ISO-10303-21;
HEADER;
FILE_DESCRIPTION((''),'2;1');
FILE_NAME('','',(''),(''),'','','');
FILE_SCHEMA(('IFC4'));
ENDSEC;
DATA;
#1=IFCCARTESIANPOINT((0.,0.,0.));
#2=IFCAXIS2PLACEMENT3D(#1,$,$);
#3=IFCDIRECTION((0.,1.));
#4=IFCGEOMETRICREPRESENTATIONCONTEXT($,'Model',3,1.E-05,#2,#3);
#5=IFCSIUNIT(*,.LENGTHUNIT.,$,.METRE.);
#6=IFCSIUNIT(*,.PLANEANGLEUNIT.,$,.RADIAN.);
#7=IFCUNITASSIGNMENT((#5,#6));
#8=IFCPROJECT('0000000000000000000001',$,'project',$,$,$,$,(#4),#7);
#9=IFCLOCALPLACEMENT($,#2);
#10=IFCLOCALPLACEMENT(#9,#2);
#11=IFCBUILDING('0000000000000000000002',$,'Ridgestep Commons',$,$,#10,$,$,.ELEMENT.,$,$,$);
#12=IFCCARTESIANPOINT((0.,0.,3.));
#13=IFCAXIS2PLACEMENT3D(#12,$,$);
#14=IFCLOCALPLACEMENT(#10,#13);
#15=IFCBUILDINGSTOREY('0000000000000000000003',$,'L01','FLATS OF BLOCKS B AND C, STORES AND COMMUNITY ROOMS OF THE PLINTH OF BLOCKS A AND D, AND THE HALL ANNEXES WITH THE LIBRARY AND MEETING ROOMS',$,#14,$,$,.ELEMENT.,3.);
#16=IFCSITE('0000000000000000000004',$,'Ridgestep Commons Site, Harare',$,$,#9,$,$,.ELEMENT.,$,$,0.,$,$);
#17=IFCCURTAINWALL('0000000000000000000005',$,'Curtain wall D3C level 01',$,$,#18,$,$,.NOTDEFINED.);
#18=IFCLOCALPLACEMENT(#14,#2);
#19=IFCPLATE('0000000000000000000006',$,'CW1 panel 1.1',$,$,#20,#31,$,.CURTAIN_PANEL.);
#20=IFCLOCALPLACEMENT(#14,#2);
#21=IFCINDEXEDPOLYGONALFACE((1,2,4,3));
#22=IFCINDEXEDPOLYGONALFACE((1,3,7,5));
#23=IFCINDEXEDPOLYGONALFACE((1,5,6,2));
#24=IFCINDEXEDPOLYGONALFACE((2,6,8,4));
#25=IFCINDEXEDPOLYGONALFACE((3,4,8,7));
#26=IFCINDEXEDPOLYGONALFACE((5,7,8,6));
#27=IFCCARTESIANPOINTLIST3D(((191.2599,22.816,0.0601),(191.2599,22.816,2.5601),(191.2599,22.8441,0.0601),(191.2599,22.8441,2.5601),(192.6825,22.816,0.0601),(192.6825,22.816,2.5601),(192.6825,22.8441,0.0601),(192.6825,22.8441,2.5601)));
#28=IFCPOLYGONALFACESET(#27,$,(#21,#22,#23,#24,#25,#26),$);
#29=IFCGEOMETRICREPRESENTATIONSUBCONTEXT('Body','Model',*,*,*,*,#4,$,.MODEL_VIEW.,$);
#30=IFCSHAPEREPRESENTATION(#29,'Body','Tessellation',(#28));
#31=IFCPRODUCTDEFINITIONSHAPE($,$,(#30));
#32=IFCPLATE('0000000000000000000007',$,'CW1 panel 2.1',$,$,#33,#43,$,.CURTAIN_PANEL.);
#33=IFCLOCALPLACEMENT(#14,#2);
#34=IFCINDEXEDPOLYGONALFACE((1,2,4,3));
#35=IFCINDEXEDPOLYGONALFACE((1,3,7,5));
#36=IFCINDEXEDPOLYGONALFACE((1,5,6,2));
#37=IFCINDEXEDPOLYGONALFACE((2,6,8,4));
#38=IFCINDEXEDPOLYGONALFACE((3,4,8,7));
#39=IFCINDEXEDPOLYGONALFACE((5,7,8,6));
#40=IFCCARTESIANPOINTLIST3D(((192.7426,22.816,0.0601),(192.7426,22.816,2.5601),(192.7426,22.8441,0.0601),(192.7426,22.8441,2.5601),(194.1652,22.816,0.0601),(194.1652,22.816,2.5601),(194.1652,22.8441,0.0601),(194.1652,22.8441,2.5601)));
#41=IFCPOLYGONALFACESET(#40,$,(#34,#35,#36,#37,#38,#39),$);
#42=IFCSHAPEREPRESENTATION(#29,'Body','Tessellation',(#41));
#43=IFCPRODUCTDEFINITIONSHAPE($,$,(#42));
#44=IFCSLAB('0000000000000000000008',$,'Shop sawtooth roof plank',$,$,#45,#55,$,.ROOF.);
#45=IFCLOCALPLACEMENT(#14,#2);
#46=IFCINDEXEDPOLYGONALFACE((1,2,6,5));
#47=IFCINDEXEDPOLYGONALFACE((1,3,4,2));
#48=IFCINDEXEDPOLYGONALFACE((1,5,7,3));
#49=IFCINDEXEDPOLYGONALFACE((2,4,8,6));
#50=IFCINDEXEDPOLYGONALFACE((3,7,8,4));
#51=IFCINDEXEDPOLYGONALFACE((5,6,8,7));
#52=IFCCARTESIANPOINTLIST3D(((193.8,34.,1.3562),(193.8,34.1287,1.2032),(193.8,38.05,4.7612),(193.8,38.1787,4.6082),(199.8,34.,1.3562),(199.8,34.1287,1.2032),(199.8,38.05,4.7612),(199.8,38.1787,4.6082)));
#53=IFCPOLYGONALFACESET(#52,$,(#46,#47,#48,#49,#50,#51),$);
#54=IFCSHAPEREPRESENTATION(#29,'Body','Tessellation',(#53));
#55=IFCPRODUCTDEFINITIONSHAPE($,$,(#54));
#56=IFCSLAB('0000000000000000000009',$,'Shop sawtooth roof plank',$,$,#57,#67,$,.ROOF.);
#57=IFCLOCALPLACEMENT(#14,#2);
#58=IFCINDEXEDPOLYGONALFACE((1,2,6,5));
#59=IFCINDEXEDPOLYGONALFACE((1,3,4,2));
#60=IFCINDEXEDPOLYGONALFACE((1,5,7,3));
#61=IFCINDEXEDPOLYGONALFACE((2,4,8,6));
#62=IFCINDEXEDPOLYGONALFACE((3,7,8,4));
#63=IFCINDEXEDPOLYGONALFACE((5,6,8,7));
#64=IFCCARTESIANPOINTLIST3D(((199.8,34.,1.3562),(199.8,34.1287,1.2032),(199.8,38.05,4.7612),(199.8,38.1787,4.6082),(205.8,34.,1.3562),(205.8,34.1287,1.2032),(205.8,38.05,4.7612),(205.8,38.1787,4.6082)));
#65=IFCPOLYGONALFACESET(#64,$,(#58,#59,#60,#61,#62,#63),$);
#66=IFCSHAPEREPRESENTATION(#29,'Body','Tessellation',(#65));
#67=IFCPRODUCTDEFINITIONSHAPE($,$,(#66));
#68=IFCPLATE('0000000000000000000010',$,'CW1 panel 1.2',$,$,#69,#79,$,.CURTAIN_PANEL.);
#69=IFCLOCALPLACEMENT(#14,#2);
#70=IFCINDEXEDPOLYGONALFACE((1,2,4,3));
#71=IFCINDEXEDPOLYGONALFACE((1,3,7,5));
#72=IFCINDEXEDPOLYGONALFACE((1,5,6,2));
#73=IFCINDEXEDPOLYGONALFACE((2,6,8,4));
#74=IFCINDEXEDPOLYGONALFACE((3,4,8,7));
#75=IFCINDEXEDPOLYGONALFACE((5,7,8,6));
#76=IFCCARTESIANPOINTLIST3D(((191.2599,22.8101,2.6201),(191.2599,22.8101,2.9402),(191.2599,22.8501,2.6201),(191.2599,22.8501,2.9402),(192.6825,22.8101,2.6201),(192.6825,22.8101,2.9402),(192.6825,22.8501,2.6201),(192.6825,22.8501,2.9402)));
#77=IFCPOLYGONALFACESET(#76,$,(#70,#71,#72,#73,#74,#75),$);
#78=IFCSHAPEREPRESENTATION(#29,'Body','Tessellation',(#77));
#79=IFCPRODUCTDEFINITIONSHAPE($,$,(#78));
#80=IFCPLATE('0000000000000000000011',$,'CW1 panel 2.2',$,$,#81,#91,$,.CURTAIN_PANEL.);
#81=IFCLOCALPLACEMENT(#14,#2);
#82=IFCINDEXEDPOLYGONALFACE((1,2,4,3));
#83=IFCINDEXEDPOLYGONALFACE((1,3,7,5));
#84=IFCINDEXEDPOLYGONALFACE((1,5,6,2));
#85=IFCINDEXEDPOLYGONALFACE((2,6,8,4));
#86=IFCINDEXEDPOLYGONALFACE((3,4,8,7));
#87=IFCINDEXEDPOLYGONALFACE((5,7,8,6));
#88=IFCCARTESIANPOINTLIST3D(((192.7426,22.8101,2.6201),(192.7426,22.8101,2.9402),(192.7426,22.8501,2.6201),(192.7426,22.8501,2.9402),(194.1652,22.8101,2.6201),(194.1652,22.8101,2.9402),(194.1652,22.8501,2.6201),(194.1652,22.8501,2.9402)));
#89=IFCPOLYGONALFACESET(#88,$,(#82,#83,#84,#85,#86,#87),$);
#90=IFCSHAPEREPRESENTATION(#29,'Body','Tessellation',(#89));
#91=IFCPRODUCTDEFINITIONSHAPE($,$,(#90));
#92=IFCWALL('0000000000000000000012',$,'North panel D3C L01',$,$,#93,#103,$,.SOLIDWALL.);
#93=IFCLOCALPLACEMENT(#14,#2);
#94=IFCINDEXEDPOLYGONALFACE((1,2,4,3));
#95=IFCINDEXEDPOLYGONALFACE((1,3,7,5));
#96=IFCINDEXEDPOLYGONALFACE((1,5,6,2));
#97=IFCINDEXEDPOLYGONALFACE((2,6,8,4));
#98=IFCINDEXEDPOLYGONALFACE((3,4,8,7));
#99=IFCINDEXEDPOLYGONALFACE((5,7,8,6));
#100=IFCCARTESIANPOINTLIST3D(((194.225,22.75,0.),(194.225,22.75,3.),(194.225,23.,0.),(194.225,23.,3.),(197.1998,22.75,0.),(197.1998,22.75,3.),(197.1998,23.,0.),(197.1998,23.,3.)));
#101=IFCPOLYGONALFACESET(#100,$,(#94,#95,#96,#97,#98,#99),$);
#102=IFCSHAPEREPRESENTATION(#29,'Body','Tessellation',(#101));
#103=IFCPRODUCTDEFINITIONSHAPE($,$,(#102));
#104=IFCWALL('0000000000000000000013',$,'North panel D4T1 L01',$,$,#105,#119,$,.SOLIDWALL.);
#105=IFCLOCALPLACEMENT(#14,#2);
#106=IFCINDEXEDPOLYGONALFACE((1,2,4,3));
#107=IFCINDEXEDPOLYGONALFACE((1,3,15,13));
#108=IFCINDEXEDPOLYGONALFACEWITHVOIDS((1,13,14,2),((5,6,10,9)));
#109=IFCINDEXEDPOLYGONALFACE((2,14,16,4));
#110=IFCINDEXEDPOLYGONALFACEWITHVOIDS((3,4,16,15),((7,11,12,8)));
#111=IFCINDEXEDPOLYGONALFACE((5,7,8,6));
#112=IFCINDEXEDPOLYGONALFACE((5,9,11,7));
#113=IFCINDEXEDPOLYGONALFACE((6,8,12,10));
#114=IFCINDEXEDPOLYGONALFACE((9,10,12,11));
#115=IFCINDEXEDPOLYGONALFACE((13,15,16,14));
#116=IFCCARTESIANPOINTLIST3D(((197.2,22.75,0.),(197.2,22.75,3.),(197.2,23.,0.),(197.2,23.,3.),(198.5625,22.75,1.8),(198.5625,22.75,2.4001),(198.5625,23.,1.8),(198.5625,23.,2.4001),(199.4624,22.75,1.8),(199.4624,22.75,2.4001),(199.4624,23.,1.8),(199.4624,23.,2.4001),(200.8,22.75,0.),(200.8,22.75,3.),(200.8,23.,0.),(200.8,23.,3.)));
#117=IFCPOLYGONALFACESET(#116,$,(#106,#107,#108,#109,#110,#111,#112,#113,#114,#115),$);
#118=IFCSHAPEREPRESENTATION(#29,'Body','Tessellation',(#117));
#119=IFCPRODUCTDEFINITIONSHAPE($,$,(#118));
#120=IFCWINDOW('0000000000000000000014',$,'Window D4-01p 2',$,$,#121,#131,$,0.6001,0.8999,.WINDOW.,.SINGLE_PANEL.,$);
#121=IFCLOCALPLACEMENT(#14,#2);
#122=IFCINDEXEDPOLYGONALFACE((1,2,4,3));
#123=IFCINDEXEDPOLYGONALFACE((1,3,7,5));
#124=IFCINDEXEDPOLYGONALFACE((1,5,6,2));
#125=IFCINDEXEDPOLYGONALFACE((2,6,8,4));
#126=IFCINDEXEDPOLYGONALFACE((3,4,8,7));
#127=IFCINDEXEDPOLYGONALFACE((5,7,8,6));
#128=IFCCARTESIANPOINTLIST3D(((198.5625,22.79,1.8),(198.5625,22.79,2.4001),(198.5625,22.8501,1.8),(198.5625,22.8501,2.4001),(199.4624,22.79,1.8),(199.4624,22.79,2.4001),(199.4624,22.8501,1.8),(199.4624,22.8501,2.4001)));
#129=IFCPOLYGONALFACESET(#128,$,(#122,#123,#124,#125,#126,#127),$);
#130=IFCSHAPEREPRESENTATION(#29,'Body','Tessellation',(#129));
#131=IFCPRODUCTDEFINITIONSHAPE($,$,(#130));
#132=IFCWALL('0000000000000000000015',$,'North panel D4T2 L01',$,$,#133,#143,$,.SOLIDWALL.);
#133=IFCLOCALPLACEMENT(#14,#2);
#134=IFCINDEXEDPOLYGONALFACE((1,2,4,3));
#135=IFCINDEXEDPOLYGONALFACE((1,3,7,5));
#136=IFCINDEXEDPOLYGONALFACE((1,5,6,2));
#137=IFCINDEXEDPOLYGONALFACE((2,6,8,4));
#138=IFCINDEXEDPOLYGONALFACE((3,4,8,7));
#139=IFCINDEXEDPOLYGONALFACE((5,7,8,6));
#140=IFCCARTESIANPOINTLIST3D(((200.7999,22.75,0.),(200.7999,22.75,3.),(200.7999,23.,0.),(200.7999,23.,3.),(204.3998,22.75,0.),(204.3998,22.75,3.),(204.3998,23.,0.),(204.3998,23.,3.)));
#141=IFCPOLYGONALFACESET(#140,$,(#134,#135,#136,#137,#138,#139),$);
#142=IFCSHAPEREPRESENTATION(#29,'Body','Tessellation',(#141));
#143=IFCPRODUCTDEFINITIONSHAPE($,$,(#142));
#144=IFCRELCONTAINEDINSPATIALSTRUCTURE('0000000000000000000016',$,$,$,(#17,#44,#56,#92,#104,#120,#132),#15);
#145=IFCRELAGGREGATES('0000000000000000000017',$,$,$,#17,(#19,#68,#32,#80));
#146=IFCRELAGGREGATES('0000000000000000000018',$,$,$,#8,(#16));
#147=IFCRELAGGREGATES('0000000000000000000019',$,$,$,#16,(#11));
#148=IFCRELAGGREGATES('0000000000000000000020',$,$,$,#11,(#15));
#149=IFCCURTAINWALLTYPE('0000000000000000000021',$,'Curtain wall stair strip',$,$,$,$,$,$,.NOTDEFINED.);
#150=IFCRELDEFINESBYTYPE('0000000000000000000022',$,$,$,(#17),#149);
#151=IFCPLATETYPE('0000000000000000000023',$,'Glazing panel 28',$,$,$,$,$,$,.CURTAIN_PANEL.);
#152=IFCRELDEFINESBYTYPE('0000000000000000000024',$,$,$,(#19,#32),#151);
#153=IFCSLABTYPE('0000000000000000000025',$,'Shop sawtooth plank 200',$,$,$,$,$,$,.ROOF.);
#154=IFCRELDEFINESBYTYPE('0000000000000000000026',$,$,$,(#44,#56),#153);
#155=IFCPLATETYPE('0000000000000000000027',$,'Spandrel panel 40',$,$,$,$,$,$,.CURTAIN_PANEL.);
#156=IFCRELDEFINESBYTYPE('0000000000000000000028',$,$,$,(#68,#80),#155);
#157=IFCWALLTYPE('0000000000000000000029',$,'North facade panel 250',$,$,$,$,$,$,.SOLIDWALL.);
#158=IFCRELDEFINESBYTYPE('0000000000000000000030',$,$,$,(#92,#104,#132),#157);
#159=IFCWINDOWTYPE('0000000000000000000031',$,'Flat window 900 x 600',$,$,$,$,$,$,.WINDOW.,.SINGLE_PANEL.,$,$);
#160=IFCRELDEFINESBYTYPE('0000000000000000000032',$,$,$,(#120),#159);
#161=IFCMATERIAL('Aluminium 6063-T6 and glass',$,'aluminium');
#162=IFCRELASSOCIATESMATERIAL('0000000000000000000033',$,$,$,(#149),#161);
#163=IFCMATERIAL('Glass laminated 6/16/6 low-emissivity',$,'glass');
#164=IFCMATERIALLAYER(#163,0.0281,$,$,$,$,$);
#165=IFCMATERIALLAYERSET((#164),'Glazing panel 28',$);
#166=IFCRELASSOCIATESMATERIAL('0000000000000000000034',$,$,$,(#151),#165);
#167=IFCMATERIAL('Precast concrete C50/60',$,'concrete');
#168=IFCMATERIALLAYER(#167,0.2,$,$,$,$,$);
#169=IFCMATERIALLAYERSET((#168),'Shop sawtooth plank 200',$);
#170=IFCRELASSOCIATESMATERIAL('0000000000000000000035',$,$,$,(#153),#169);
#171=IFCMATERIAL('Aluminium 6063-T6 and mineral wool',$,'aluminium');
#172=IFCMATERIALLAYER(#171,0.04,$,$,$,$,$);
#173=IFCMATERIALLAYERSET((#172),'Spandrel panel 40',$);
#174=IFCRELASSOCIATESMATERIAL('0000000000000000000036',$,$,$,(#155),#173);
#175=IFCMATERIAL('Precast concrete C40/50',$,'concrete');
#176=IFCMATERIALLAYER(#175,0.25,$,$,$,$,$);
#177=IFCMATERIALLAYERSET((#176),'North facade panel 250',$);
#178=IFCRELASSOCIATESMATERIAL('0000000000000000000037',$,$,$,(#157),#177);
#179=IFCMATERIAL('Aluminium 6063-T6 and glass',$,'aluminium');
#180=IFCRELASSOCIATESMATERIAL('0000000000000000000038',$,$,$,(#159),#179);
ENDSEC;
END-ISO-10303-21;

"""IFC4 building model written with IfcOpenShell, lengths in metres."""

from ifc_helpers import new_model, si_unit, direction, frame, frame_2d, origin, origin_2d, place, context, subcontext, project, spatial, polyline, rectangle, outline, extrude, material, layer, layer_set, type_object, element, fill, aggregate, save


model = new_model("IFC4")

# Units and contexts
model_context = context("Model", 3, precision=1e-05, world=origin(), true_north=direction((0.0, 1.0)))
body_context = subcontext(model_context, "Body", "Model", "MODEL_VIEW")
ifc_project = project(units=[si_unit("LENGTHUNIT", "METRE"), si_unit("PLANEANGLEUNIT", "RADIAN")], contexts=[model_context])

# Site, building, storey
site_placement = place(None, origin())
site = spatial("IfcSite", under=ifc_project, at=site_placement, Name="Ridgestep Commons Site, Harare", CompositionType="ELEMENT", RefElevation=0.0)
building_placement = place(site_placement, origin())
building = spatial("IfcBuilding", under=site, at=building_placement, Name="Ridgestep Commons", CompositionType="ELEMENT")
storey_placement = place(building_placement, frame((0.0, 0.0, 3.0)))
storey = spatial("IfcBuildingStorey", under=building, at=storey_placement, Name="L01", Description="FLATS OF BLOCKS B AND C, STORES AND COMMUNITY ROOMS OF THE PLINTH OF BLOCKS A AND D, AND THE HALL ANNEXES WITH THE LIBRARY AND MEETING ROOMS", CompositionType="ELEMENT", Elevation=3.0)

# Curtain wall
ifc_material_1 = material(Name="Aluminium 6063-T6 and glass", Category="aluminium")
curtain_wall_type_1 = type_object("IfcCurtainWallType", Name="Curtain wall stair strip", PredefinedType="NOTDEFINED", material=ifc_material_1)
curtain_wall_1_placement = place(storey_placement, origin())
curtain_wall_1 = element("IfcCurtainWall", 1, at=curtain_wall_1_placement, inside=storey, type_object=curtain_wall_type_1, Name="Curtain wall D3C level 01", PredefinedType="NOTDEFINED")

# Plates
ifc_material_2 = material(Name="Glass laminated 6/16/6 low-emissivity", Category="glass")
ifc_layer_1 = layer(ifc_material_2, 0.0281)
ifc_layer_set_1 = layer_set([ifc_layer_1], Name="Glazing panel 28")
plate_type_1 = type_object("IfcPlateType", Name="Glazing panel 28", PredefinedType="CURTAIN_PANEL", material=ifc_layer_set_1)
plate_1_placement = place(storey_placement, frame((191.9712, 22.8301, 0.0601), z_axis=(0.0, 0.0, 1.0), x_axis=(1.0, 0.0, 0.0)))
plate_1 = element("IfcPlate", 2, at=plate_1_placement, type_object=plate_type_1, Name="CW1 panel 1.1", PredefinedType="CURTAIN_PANEL", context=body_context, shape_type="SweptSolid", body=[
    extrude(rectangle(XDim=1.4226, YDim=0.0281, at=origin_2d()), origin(), (0.0, 0.0, 1.0), 2.5),
])
plate_2_placement = place(storey_placement, frame((193.4539, 22.8301, 0.0601), z_axis=(0.0, 0.0, 1.0), x_axis=(1.0, 0.0, 0.0)))
plate_2 = element("IfcPlate", 3, at=plate_2_placement, type_object=plate_type_1, Name="CW1 panel 2.1", PredefinedType="CURTAIN_PANEL", context=body_context, shape_type="SweptSolid", body=[
    extrude(rectangle(XDim=1.4226, YDim=0.0281, at=origin_2d()), origin(), (0.0, 0.0, 1.0), 2.5),
])

# Slabs
ifc_material_3 = material(Name="Precast concrete C50/60", Category="concrete")
ifc_layer_2 = layer(ifc_material_3, 0.2)
ifc_layer_set_2 = layer_set([ifc_layer_2], Name="Shop sawtooth plank 200")
slab_type = type_object("IfcSlabType", Name="Shop sawtooth plank 200", PredefinedType="ROOF", material=ifc_layer_set_2)
for number, where, z_axis, x_axis, name in (
    (4, (193.8, 34.0, 1.3562), (0.0, -0.643523, 0.765427), (1.0, 0.0, 0.0), "Shop sawtooth roof plank"),
    (5, (199.8, 34.0, 1.3562), (0.0, -0.643523, 0.765427), (1.0, 0.0, 0.0), "Shop sawtooth roof plank"),
):
    element("IfcSlab", number, at=place(storey_placement, frame(where, z_axis=z_axis, x_axis=x_axis)), inside=storey, type_object=slab_type, Name=name, PredefinedType="ROOF", context=body_context, shape_type="SweptSolid", body=[
        extrude(outline(polyline([(0.0, 0.0), (6.0, 0.0), (6.0, 5.2912), (0.0, 5.2912), (0.0, 0.0)])), origin(), (0.0, 0.0, -1.0), 0.2),
    ])

# Plates
ifc_material_4 = material(Name="Aluminium 6063-T6 and mineral wool", Category="aluminium")
ifc_layer_3 = layer(ifc_material_4, 0.04)
ifc_layer_set_3 = layer_set([ifc_layer_3], Name="Spandrel panel 40")
plate_type_2 = type_object("IfcPlateType", Name="Spandrel panel 40", PredefinedType="CURTAIN_PANEL", material=ifc_layer_set_3)
plate_3_placement = place(storey_placement, frame((191.9712, 22.8301, 2.6201), z_axis=(0.0, 0.0, 1.0), x_axis=(1.0, 0.0, 0.0)))
plate_3 = element("IfcPlate", 6, at=plate_3_placement, type_object=plate_type_2, Name="CW1 panel 1.2", PredefinedType="CURTAIN_PANEL", context=body_context, shape_type="SweptSolid", body=[
    extrude(rectangle(XDim=1.4226, YDim=0.04, at=origin_2d()), origin(), (0.0, 0.0, 1.0), 0.3201),
])
plate_4_placement = place(storey_placement, frame((193.4539, 22.8301, 2.6201), z_axis=(0.0, 0.0, 1.0), x_axis=(1.0, 0.0, 0.0)))
plate_4 = element("IfcPlate", 7, at=plate_4_placement, type_object=plate_type_2, Name="CW1 panel 2.2", PredefinedType="CURTAIN_PANEL", context=body_context, shape_type="SweptSolid", body=[
    extrude(rectangle(XDim=1.4226, YDim=0.04, at=origin_2d()), origin(), (0.0, 0.0, 1.0), 0.3201),
])
aggregate(curtain_wall_1, [plate_1, plate_3, plate_2, plate_4])

# Wall
ifc_material_5 = material(Name="Precast concrete C40/50", Category="concrete")
ifc_layer_4 = layer(ifc_material_5, 0.25)
ifc_layer_set_4 = layer_set([ifc_layer_4], Name="North facade panel 250")
wall_type = type_object("IfcWallType", Name="North facade panel 250", PredefinedType="SOLIDWALL", material=ifc_layer_set_4)
wall_1_placement = place(storey_placement, frame((194.2251, 22.875, 0.0), z_axis=(0.0, 0.0, 1.0), x_axis=(1.0, 0.0, 0.0)))
element("IfcWall", 8, at=wall_1_placement, inside=storey, type_object=wall_type, Name="North panel D3C L01", PredefinedType="SOLIDWALL", context=body_context, shape_type="SweptSolid", body=[
    extrude(rectangle(XDim=2.9749, YDim=0.25, at=frame_2d((1.4873, 0.0))), origin(), (0.0, 0.0, 1.0), 3.0),
])

# Wall, opening, window
wall_2_placement = place(storey_placement, frame((197.2, 22.875, 0.0), z_axis=(0.0, 0.0, 1.0), x_axis=(1.0, 0.0, 0.0)))
wall_2 = element("IfcWall", 9, at=wall_2_placement, inside=storey, type_object=wall_type, Name="North panel D4T1 L01", PredefinedType="SOLIDWALL", context=body_context, shape_type="SweptSolid", body=[
    extrude(rectangle(XDim=3.6001, YDim=0.25, at=frame_2d((1.8, 0.0))), origin(), (0.0, 0.0, 1.0), 3.0),
])
opening_placement = place(wall_2_placement, frame((1.3625, 0.0, 1.8)))
opening = element("IfcOpeningElement", 10, at=opening_placement, cuts=wall_2, PredefinedType="OPENING", context=body_context, shape_type="SweptSolid", body=[
    extrude(rectangle(XDim=0.8999, YDim=0.6001, at=frame_2d((0.45, 0.3))), frame((0.0, 0.135, 0.0), z_axis=(0.0, -1.0, 0.0), x_axis=(1.0, 0.0, 0.0)), (0.0, 0.0, 1.0), 0.27),
])
ifc_material_6 = material(Name="Aluminium 6063-T6 and glass", Category="aluminium")
window_type = type_object("IfcWindowType", Name="Flat window 900 x 600", PartitioningType="SINGLE_PANEL", PredefinedType="WINDOW", material=ifc_material_6)
window_placement = place(opening_placement, origin())
window = element("IfcWindow", 11, at=window_placement, inside=storey, type_object=window_type, Name="Window D4-01p 2", OverallHeight=0.6001, OverallWidth=0.8999, PartitioningType="SINGLE_PANEL", PredefinedType="WINDOW", context=body_context, shape_type="SweptSolid", body=[
    extrude(rectangle(XDim=0.8999, YDim=0.6001, at=frame_2d((0.45, 0.3))), frame((0.0, -0.0249, 0.0), z_axis=(0.0, -1.0, 0.0), x_axis=(1.0, 0.0, 0.0)), (0.0, 0.0, 1.0), 0.0601),
])
fill(opening, window)

# Wall
wall_3_placement = place(storey_placement, frame((200.8, 22.875, 0.0), z_axis=(0.0, 0.0, 1.0), x_axis=(1.0, 0.0, 0.0)))
element("IfcWall", 12, at=wall_3_placement, inside=storey, type_object=wall_type, Name="North panel D4T2 L01", PredefinedType="SOLIDWALL", context=body_context, shape_type="SweptSolid", body=[
    extrude(rectangle(XDim=3.5999, YDim=0.25, at=frame_2d((1.7998, 0.0))), origin(), (0.0, 0.0, 1.0), 3.0),
])

save(model, "model.ifc")
